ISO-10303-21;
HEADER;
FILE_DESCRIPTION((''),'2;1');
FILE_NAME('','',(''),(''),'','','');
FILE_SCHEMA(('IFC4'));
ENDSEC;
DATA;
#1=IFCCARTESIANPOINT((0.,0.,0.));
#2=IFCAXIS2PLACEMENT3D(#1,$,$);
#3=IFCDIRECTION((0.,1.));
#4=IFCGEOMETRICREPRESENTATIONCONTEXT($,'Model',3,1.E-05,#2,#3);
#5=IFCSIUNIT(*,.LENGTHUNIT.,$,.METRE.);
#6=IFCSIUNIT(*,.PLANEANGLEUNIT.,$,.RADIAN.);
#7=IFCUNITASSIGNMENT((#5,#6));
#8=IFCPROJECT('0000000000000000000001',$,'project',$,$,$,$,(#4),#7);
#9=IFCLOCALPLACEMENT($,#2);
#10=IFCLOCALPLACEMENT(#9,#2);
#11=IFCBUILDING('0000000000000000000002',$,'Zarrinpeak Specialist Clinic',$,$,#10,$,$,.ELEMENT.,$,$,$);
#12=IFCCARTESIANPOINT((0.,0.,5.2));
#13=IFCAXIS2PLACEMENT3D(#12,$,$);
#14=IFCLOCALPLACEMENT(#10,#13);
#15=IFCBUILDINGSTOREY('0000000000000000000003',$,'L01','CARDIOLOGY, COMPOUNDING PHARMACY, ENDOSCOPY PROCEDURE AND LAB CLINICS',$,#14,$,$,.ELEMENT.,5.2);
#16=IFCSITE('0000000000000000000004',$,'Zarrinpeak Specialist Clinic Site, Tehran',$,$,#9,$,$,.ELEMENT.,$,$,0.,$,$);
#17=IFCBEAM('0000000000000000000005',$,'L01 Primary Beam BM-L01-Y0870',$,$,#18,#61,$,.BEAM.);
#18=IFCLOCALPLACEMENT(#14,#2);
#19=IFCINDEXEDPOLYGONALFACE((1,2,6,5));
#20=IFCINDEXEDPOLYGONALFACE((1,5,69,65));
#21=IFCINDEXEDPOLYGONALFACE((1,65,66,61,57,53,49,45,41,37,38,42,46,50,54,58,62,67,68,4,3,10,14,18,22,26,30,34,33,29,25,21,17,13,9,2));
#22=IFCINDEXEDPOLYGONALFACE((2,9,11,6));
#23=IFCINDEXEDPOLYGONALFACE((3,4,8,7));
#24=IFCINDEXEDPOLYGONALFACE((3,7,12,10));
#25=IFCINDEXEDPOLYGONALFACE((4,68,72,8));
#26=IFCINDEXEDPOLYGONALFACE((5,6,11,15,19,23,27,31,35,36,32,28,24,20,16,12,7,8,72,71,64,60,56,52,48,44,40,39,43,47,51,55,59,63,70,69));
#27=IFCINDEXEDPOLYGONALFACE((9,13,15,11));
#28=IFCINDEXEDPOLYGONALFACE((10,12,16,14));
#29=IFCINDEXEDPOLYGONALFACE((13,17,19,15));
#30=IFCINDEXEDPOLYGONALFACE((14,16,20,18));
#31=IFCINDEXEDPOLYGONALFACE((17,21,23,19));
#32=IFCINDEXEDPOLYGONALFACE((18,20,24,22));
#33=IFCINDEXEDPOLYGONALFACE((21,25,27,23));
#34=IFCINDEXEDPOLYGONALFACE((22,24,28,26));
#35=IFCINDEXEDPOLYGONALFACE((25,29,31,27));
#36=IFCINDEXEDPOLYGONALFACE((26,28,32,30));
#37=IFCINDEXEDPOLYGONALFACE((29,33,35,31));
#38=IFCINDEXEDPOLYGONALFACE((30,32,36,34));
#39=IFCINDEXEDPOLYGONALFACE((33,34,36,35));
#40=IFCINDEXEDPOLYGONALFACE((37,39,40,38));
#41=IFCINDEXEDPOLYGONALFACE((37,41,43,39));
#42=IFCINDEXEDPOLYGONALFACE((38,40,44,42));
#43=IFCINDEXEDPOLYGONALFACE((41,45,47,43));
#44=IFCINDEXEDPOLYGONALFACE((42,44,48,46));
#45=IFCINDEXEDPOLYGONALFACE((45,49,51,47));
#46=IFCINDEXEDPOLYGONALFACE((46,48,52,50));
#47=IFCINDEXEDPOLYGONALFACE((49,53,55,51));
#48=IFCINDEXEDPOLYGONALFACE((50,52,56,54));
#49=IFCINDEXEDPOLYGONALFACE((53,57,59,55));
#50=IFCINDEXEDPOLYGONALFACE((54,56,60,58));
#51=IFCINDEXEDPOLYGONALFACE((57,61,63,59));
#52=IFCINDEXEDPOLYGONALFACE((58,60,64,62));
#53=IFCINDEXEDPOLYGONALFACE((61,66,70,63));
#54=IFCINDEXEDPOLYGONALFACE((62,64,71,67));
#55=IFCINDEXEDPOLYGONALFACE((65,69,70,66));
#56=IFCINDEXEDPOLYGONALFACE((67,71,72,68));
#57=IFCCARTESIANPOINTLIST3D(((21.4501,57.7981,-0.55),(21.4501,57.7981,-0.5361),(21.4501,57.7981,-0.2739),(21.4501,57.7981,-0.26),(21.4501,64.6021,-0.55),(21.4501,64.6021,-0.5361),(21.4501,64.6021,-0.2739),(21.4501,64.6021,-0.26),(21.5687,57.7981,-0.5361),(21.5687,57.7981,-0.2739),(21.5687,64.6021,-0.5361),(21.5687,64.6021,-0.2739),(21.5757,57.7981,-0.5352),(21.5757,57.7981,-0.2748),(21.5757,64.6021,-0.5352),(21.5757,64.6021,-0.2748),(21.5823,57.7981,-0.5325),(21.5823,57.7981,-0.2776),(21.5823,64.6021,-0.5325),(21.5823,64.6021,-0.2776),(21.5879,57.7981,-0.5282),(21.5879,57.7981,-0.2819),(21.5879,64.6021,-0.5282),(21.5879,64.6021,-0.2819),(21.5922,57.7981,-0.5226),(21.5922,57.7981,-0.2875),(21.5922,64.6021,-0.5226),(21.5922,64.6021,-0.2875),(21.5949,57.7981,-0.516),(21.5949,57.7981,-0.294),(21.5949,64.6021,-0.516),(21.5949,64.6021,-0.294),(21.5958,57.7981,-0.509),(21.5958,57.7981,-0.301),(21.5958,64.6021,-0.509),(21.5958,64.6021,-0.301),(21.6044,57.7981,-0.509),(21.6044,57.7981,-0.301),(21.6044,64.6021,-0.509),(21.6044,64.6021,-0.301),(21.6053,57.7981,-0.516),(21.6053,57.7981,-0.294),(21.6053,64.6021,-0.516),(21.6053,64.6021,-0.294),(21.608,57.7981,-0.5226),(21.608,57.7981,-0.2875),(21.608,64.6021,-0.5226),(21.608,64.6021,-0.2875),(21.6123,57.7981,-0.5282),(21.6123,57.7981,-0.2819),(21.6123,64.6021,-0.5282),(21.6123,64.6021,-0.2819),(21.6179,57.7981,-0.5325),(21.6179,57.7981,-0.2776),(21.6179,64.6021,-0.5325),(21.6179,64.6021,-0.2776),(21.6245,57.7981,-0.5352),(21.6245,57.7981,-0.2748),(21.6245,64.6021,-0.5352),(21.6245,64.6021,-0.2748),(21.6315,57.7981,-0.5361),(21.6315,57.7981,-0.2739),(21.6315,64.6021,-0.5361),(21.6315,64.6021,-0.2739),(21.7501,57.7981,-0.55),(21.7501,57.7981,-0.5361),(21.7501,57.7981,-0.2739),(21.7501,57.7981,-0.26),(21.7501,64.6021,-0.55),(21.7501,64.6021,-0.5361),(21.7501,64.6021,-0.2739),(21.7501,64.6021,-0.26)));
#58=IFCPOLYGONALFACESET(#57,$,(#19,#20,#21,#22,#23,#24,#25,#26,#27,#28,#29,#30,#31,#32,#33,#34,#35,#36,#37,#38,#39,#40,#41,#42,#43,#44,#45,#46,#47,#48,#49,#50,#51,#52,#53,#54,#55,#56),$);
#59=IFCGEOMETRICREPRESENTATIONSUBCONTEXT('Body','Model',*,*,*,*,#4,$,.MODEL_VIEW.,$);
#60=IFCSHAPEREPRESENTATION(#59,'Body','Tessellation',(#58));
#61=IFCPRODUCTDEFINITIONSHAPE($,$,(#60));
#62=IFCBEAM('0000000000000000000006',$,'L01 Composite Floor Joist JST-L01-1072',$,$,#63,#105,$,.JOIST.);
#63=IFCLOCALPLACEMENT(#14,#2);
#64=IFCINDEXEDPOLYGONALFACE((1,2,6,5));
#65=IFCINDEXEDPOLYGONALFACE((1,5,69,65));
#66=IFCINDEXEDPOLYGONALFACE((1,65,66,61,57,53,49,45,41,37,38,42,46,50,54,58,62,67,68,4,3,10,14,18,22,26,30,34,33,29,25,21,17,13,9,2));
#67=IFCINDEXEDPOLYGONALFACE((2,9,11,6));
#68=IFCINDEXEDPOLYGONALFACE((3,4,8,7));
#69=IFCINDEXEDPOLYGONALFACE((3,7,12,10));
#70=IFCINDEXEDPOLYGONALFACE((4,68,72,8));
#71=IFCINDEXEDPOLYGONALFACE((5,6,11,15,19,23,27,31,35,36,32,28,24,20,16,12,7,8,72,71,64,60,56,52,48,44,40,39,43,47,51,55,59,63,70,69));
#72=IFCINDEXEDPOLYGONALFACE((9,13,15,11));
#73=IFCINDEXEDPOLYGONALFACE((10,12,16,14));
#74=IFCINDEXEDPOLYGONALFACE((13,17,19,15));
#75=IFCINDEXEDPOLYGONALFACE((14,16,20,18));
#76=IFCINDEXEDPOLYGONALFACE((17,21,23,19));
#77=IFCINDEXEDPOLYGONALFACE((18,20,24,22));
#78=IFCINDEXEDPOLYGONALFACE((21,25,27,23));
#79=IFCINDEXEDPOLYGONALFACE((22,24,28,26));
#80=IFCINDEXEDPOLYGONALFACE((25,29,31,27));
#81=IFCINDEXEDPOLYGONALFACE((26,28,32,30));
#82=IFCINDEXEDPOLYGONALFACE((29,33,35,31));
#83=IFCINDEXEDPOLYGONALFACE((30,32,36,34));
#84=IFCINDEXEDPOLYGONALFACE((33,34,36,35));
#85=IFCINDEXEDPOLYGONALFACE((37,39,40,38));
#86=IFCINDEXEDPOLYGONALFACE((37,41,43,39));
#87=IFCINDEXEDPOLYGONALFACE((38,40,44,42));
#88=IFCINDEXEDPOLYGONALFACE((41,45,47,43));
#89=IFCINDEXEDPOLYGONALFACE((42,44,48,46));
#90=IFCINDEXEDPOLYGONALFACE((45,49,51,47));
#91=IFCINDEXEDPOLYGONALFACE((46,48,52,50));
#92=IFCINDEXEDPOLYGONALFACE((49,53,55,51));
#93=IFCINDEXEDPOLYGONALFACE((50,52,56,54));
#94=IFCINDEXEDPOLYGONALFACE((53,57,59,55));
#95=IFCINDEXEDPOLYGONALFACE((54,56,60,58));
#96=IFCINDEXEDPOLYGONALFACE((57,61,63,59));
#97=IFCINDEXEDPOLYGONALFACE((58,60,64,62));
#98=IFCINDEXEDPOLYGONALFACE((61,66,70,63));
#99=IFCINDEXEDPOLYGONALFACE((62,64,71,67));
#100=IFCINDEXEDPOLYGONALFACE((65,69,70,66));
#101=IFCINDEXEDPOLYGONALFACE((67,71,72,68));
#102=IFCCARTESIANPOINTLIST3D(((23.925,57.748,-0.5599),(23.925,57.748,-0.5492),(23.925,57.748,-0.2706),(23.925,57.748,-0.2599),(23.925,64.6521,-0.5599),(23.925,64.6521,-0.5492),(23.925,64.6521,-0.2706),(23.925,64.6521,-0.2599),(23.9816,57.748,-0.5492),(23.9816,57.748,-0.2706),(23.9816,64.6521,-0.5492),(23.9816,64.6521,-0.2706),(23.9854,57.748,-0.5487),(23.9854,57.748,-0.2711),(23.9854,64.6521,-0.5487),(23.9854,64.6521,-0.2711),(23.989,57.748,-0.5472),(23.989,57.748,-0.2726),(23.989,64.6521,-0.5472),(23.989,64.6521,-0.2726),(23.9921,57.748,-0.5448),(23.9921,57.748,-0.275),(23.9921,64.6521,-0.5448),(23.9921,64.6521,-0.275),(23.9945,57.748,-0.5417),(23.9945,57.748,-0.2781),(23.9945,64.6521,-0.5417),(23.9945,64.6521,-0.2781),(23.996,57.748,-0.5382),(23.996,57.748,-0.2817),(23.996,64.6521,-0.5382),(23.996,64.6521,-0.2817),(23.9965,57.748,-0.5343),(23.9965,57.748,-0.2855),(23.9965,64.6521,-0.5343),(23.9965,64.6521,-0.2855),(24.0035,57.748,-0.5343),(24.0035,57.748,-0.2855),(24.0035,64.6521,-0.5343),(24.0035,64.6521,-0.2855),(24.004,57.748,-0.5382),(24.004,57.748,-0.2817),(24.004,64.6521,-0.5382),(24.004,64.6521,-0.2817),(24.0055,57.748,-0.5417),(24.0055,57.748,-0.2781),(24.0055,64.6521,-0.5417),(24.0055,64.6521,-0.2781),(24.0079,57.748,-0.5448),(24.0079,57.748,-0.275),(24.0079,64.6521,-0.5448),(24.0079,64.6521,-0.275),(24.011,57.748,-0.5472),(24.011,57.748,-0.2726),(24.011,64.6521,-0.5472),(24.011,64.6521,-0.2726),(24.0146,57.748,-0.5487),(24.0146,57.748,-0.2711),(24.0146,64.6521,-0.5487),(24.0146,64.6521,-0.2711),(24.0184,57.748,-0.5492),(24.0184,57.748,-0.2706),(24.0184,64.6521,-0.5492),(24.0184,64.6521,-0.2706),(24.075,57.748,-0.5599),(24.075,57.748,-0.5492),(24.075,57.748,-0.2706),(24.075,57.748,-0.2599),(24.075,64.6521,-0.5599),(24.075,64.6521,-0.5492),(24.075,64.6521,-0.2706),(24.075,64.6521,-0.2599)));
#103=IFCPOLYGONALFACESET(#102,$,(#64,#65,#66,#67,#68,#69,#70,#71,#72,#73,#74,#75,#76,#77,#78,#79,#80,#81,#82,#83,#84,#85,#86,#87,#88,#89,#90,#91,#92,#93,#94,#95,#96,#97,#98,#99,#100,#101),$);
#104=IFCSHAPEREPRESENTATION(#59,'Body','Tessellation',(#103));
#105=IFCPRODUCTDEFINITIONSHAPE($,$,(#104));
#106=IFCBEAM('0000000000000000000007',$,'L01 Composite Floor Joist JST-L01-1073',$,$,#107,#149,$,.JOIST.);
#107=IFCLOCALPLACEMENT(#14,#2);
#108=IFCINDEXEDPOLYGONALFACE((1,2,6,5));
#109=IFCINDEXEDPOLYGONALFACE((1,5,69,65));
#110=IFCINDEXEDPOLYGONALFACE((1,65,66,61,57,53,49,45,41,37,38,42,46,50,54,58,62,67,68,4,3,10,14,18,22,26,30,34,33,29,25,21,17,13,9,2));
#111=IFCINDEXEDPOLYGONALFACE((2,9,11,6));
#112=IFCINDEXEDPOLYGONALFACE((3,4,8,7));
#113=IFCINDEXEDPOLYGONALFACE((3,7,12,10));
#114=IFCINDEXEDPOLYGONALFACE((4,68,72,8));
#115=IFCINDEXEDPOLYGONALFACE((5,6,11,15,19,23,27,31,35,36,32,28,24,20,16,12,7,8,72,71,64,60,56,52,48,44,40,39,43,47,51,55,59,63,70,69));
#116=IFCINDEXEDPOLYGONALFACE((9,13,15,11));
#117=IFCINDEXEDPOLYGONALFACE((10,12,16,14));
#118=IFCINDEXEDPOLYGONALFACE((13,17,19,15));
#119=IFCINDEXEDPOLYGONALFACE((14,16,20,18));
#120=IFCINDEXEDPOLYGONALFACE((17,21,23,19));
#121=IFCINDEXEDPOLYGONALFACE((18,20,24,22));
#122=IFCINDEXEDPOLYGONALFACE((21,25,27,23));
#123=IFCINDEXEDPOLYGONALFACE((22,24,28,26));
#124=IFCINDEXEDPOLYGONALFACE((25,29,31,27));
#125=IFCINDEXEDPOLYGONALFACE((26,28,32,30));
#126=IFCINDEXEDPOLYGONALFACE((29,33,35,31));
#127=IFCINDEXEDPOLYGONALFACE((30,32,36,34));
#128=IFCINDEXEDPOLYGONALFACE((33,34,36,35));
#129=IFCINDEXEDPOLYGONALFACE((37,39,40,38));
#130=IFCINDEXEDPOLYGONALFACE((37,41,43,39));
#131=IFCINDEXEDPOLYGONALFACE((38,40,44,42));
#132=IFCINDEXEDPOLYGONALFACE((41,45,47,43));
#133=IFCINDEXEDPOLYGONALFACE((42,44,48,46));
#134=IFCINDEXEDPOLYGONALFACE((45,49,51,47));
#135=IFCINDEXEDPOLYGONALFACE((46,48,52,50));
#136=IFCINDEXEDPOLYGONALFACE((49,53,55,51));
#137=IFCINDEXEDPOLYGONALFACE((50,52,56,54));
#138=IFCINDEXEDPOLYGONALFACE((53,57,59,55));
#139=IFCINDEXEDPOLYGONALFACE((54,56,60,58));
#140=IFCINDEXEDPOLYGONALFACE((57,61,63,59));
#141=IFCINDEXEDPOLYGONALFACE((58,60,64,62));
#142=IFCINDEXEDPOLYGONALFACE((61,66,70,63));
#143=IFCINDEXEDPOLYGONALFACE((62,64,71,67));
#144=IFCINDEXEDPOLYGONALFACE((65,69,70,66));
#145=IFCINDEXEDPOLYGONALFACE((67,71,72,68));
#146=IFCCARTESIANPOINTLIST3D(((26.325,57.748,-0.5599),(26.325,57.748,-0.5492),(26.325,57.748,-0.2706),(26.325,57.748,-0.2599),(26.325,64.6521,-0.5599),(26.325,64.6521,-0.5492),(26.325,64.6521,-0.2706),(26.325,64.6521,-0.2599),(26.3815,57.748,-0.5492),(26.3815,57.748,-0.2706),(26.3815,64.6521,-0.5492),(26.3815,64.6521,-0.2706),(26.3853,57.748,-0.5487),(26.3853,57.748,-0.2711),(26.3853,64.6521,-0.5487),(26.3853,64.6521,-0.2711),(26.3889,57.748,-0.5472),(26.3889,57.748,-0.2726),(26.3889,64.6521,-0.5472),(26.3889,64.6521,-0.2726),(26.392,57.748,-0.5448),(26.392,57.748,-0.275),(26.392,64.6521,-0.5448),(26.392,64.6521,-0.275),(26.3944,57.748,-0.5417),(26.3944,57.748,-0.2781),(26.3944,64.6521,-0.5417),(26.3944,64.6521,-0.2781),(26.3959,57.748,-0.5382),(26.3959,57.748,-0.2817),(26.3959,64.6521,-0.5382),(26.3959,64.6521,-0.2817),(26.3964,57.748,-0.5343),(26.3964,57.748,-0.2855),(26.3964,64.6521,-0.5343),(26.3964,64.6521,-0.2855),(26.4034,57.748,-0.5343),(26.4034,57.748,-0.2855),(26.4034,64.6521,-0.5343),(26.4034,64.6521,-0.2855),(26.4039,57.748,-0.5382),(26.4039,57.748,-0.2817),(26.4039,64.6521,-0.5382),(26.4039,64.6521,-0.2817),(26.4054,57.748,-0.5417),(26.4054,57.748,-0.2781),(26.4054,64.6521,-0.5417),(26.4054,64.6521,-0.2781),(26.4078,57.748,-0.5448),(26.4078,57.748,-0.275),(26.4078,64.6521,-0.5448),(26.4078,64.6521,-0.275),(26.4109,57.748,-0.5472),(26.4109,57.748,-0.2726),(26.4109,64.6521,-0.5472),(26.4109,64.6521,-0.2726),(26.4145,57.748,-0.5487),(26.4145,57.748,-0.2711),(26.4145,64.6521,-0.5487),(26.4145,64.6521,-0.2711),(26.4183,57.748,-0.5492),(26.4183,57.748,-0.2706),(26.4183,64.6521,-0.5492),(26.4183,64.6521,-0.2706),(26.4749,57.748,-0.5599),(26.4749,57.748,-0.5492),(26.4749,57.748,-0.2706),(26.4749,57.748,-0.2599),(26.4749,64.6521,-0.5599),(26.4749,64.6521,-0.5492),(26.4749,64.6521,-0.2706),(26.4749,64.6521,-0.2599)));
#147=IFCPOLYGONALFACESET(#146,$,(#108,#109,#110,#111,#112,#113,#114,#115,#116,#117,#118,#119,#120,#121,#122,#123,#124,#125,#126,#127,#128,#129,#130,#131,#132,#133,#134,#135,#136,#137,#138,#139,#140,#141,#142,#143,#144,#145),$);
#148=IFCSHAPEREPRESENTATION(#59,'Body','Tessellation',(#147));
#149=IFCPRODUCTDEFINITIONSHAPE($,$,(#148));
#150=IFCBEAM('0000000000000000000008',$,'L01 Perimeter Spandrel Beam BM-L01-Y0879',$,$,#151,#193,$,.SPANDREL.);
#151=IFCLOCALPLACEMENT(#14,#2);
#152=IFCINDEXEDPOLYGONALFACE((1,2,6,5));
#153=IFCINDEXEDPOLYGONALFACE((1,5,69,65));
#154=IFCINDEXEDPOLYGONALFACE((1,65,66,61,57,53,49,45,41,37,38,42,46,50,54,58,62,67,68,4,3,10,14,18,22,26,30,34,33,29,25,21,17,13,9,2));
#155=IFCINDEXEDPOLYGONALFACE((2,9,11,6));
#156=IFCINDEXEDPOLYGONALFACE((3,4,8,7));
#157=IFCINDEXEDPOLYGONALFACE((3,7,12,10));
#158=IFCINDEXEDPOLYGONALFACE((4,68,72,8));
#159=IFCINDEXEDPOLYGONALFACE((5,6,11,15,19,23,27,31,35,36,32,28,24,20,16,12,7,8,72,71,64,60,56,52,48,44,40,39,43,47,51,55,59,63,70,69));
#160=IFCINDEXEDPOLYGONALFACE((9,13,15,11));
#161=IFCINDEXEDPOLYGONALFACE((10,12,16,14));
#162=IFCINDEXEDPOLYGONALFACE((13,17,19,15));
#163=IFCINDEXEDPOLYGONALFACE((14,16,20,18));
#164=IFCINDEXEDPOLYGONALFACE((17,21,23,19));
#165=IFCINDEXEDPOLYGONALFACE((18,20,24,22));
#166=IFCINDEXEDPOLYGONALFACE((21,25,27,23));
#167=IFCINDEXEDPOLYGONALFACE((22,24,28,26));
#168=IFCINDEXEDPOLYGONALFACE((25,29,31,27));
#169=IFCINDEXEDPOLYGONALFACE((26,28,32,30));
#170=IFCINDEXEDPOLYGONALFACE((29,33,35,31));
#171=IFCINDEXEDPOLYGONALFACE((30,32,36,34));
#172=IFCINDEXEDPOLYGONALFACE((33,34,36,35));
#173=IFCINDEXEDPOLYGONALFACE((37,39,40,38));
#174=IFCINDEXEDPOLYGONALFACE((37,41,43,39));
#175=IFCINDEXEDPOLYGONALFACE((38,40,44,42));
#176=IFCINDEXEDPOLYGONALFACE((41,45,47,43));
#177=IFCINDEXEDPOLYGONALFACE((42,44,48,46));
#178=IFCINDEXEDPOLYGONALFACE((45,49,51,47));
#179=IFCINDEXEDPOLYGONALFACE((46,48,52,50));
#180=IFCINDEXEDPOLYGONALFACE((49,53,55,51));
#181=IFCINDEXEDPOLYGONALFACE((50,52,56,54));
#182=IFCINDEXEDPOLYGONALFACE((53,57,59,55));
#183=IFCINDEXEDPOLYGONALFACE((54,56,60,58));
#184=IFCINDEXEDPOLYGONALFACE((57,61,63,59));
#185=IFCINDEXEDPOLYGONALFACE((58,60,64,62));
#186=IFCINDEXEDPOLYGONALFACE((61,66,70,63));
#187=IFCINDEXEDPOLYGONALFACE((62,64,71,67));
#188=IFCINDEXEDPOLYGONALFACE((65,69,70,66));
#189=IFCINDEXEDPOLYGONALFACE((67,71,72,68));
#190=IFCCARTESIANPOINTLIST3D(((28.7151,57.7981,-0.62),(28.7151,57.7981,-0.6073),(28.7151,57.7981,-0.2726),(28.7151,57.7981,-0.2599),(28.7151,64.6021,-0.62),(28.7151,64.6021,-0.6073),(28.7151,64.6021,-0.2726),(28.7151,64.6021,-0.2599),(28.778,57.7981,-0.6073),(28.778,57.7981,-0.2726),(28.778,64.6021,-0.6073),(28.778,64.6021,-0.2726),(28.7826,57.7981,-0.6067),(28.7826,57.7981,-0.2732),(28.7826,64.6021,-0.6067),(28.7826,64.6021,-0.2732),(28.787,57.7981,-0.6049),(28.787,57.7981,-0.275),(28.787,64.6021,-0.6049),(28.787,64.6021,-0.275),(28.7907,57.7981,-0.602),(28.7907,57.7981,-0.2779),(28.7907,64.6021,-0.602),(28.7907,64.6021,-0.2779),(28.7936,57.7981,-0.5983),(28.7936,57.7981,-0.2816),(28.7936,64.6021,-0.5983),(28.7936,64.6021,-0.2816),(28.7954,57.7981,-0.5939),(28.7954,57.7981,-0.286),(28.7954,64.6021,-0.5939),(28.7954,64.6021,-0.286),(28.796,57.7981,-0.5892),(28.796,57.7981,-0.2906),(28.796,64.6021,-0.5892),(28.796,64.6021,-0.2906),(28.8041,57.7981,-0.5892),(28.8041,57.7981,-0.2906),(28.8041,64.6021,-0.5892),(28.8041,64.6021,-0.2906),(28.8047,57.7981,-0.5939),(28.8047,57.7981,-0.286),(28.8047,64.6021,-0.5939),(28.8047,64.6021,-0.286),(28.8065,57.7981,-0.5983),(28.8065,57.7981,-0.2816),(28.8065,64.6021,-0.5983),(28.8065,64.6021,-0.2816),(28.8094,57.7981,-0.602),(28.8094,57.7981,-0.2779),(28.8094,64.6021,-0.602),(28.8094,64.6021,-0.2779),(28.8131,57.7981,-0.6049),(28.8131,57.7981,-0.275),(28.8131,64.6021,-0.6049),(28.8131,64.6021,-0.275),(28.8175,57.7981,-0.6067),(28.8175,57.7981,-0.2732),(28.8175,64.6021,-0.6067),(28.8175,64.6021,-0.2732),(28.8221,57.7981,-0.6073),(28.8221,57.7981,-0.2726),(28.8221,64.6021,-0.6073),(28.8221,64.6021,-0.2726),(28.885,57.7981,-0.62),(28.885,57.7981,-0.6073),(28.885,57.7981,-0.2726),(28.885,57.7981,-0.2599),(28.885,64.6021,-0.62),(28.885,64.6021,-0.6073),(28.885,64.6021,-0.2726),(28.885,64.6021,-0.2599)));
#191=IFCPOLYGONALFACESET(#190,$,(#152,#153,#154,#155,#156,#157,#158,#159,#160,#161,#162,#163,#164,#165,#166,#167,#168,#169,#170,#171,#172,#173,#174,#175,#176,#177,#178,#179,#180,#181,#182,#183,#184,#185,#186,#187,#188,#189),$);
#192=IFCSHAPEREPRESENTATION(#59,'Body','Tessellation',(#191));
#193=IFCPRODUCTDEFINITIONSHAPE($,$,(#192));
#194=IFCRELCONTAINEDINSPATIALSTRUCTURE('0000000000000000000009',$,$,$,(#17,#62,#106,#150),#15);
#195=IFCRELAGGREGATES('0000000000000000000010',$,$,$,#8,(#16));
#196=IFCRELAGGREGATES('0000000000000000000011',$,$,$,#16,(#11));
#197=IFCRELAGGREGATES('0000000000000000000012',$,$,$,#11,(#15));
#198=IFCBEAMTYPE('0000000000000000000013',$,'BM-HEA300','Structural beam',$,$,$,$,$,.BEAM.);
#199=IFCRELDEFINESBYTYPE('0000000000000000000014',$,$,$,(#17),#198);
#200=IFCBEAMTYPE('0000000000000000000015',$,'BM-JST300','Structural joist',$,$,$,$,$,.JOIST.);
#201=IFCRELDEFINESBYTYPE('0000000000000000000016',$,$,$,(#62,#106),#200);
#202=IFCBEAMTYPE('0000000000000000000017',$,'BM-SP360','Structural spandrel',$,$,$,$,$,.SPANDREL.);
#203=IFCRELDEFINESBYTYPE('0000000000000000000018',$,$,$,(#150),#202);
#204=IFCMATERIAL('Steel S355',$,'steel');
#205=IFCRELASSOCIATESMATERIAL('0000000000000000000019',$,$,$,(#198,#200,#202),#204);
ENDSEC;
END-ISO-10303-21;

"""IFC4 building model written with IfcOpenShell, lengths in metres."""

from ifc_helpers import new_model, si_unit, direction, frame, origin, origin_2d, place, context, subcontext, project, spatial, i_section, extrude, material, material_profile, profile_set, type_object, element, save


model = new_model("IFC4")

# Units and contexts
model_context = context("Model", 3, precision=1e-05, world=origin(), true_north=direction((0.0, 1.0)))
body_context = subcontext(model_context, "Body", "Model", "MODEL_VIEW")
ifc_project = project(units=[si_unit("LENGTHUNIT", "METRE"), si_unit("PLANEANGLEUNIT", "RADIAN")], contexts=[model_context])

# Site, building, storey
site_placement = place(None, origin())
site = spatial("IfcSite", under=ifc_project, at=site_placement, Name="Zarrinpeak Specialist Clinic Site, Tehran", CompositionType="ELEMENT", RefElevation=0.0)
building_placement = place(site_placement, origin())
building = spatial("IfcBuilding", under=site, at=building_placement, Name="Zarrinpeak Specialist Clinic", CompositionType="ELEMENT")
storey_placement = place(building_placement, frame((0.0, 0.0, 5.2)))
storey = spatial("IfcBuildingStorey", under=building, at=storey_placement, Name="L01", Description="CARDIOLOGY, COMPOUNDING PHARMACY, ENDOSCOPY PROCEDURE AND LAB CLINICS", CompositionType="ELEMENT", Elevation=5.2)

# Beams
ifc_material_1 = material(Name="Steel S355", Category="steel")
ifc_material_profile_1 = material_profile(ifc_material_1, i_section(OverallWidth=0.3, OverallDepth=0.29, WebThickness=0.0085, FlangeThickness=0.0139, FilletRadius=0.0271, at=origin_2d()), Name="HEA 300")
ifc_profile_set_1 = profile_set([ifc_material_profile_1], Name="Steel S355")
beam_type_1 = type_object("IfcBeamType", Name="BM-HEA300", Description="Structural beam", PredefinedType="BEAM", material=ifc_profile_set_1)
beam_1_placement = place(storey_placement, frame((21.6001, 57.7981, -0.405), z_axis=(0.0, 1.0, 0.0), x_axis=(-1.0, 0.0, 0.0)))
element("IfcBeam", 1, at=beam_1_placement, inside=storey, type_object=beam_type_1, Name="L01 Primary Beam BM-L01-Y0870", PredefinedType="BEAM", context=body_context, shape_type="SweptSolid", body=[
    extrude(i_section(OverallWidth=0.3, OverallDepth=0.29, WebThickness=0.0085, FlangeThickness=0.0139, FilletRadius=0.0271, at=origin_2d()), origin(), (0.0, 0.0, 1.0), 6.804),
])
ifc_material_profile_2 = material_profile(ifc_material_1, i_section(OverallWidth=0.1499, OverallDepth=0.3, WebThickness=0.0071, FlangeThickness=0.0107, FilletRadius=0.0149, at=origin_2d()), Name="IPE 300")
ifc_profile_set_2 = profile_set([ifc_material_profile_2], Name="Steel S355")
beam_type_2 = type_object("IfcBeamType", Name="BM-JST300", Description="Structural joist", PredefinedType="JOIST", material=ifc_profile_set_2)
for number, where, z_axis, x_axis, name in (
    (2, (24.0, 57.748, -0.4099), (0.0, 1.0, 0.0), (-1.0, 0.0, 0.0), "L01 Composite Floor Joist JST-L01-1072"),
    (3, (26.3999, 57.748, -0.4099), (0.0, 1.0, 0.0), (-1.0, 0.0, 0.0), "L01 Composite Floor Joist JST-L01-1073"),
):
    element("IfcBeam", number, at=place(storey_placement, frame(where, z_axis=z_axis, x_axis=x_axis)), inside=storey, type_object=beam_type_2, Name=name, PredefinedType="JOIST", context=body_context, shape_type="SweptSolid", body=[
        extrude(i_section(OverallWidth=0.1499, OverallDepth=0.3, WebThickness=0.0071, FlangeThickness=0.0107, FilletRadius=0.0149, at=origin_2d()), origin(), (0.0, 0.0, 1.0), 6.9041),
    ])
ifc_material_profile_3 = material_profile(ifc_material_1, i_section(OverallWidth=0.1699, OverallDepth=0.3601, WebThickness=0.0081, FlangeThickness=0.0127, FilletRadius=0.0181, at=origin_2d()), Name="IPE 360")
ifc_profile_set_3 = profile_set([ifc_material_profile_3], Name="Steel S355")
beam_type_3 = type_object("IfcBeamType", Name="BM-SP360", Description="Structural spandrel", PredefinedType="SPANDREL", material=ifc_profile_set_3)
beam_2_placement = place(storey_placement, frame((28.8, 57.7981, -0.4399), z_axis=(0.0, 1.0, 0.0), x_axis=(-1.0, 0.0, 0.0)))
element("IfcBeam", 4, at=beam_2_placement, inside=storey, type_object=beam_type_3, Name="L01 Perimeter Spandrel Beam BM-L01-Y0879", PredefinedType="SPANDREL", context=body_context, shape_type="SweptSolid", body=[
    extrude(i_section(OverallWidth=0.1699, OverallDepth=0.3601, WebThickness=0.0081, FlangeThickness=0.0127, FilletRadius=0.0181, at=origin_2d()), origin(), (0.0, 0.0, 1.0), 6.804),
])

save(model, "model.ifc")
